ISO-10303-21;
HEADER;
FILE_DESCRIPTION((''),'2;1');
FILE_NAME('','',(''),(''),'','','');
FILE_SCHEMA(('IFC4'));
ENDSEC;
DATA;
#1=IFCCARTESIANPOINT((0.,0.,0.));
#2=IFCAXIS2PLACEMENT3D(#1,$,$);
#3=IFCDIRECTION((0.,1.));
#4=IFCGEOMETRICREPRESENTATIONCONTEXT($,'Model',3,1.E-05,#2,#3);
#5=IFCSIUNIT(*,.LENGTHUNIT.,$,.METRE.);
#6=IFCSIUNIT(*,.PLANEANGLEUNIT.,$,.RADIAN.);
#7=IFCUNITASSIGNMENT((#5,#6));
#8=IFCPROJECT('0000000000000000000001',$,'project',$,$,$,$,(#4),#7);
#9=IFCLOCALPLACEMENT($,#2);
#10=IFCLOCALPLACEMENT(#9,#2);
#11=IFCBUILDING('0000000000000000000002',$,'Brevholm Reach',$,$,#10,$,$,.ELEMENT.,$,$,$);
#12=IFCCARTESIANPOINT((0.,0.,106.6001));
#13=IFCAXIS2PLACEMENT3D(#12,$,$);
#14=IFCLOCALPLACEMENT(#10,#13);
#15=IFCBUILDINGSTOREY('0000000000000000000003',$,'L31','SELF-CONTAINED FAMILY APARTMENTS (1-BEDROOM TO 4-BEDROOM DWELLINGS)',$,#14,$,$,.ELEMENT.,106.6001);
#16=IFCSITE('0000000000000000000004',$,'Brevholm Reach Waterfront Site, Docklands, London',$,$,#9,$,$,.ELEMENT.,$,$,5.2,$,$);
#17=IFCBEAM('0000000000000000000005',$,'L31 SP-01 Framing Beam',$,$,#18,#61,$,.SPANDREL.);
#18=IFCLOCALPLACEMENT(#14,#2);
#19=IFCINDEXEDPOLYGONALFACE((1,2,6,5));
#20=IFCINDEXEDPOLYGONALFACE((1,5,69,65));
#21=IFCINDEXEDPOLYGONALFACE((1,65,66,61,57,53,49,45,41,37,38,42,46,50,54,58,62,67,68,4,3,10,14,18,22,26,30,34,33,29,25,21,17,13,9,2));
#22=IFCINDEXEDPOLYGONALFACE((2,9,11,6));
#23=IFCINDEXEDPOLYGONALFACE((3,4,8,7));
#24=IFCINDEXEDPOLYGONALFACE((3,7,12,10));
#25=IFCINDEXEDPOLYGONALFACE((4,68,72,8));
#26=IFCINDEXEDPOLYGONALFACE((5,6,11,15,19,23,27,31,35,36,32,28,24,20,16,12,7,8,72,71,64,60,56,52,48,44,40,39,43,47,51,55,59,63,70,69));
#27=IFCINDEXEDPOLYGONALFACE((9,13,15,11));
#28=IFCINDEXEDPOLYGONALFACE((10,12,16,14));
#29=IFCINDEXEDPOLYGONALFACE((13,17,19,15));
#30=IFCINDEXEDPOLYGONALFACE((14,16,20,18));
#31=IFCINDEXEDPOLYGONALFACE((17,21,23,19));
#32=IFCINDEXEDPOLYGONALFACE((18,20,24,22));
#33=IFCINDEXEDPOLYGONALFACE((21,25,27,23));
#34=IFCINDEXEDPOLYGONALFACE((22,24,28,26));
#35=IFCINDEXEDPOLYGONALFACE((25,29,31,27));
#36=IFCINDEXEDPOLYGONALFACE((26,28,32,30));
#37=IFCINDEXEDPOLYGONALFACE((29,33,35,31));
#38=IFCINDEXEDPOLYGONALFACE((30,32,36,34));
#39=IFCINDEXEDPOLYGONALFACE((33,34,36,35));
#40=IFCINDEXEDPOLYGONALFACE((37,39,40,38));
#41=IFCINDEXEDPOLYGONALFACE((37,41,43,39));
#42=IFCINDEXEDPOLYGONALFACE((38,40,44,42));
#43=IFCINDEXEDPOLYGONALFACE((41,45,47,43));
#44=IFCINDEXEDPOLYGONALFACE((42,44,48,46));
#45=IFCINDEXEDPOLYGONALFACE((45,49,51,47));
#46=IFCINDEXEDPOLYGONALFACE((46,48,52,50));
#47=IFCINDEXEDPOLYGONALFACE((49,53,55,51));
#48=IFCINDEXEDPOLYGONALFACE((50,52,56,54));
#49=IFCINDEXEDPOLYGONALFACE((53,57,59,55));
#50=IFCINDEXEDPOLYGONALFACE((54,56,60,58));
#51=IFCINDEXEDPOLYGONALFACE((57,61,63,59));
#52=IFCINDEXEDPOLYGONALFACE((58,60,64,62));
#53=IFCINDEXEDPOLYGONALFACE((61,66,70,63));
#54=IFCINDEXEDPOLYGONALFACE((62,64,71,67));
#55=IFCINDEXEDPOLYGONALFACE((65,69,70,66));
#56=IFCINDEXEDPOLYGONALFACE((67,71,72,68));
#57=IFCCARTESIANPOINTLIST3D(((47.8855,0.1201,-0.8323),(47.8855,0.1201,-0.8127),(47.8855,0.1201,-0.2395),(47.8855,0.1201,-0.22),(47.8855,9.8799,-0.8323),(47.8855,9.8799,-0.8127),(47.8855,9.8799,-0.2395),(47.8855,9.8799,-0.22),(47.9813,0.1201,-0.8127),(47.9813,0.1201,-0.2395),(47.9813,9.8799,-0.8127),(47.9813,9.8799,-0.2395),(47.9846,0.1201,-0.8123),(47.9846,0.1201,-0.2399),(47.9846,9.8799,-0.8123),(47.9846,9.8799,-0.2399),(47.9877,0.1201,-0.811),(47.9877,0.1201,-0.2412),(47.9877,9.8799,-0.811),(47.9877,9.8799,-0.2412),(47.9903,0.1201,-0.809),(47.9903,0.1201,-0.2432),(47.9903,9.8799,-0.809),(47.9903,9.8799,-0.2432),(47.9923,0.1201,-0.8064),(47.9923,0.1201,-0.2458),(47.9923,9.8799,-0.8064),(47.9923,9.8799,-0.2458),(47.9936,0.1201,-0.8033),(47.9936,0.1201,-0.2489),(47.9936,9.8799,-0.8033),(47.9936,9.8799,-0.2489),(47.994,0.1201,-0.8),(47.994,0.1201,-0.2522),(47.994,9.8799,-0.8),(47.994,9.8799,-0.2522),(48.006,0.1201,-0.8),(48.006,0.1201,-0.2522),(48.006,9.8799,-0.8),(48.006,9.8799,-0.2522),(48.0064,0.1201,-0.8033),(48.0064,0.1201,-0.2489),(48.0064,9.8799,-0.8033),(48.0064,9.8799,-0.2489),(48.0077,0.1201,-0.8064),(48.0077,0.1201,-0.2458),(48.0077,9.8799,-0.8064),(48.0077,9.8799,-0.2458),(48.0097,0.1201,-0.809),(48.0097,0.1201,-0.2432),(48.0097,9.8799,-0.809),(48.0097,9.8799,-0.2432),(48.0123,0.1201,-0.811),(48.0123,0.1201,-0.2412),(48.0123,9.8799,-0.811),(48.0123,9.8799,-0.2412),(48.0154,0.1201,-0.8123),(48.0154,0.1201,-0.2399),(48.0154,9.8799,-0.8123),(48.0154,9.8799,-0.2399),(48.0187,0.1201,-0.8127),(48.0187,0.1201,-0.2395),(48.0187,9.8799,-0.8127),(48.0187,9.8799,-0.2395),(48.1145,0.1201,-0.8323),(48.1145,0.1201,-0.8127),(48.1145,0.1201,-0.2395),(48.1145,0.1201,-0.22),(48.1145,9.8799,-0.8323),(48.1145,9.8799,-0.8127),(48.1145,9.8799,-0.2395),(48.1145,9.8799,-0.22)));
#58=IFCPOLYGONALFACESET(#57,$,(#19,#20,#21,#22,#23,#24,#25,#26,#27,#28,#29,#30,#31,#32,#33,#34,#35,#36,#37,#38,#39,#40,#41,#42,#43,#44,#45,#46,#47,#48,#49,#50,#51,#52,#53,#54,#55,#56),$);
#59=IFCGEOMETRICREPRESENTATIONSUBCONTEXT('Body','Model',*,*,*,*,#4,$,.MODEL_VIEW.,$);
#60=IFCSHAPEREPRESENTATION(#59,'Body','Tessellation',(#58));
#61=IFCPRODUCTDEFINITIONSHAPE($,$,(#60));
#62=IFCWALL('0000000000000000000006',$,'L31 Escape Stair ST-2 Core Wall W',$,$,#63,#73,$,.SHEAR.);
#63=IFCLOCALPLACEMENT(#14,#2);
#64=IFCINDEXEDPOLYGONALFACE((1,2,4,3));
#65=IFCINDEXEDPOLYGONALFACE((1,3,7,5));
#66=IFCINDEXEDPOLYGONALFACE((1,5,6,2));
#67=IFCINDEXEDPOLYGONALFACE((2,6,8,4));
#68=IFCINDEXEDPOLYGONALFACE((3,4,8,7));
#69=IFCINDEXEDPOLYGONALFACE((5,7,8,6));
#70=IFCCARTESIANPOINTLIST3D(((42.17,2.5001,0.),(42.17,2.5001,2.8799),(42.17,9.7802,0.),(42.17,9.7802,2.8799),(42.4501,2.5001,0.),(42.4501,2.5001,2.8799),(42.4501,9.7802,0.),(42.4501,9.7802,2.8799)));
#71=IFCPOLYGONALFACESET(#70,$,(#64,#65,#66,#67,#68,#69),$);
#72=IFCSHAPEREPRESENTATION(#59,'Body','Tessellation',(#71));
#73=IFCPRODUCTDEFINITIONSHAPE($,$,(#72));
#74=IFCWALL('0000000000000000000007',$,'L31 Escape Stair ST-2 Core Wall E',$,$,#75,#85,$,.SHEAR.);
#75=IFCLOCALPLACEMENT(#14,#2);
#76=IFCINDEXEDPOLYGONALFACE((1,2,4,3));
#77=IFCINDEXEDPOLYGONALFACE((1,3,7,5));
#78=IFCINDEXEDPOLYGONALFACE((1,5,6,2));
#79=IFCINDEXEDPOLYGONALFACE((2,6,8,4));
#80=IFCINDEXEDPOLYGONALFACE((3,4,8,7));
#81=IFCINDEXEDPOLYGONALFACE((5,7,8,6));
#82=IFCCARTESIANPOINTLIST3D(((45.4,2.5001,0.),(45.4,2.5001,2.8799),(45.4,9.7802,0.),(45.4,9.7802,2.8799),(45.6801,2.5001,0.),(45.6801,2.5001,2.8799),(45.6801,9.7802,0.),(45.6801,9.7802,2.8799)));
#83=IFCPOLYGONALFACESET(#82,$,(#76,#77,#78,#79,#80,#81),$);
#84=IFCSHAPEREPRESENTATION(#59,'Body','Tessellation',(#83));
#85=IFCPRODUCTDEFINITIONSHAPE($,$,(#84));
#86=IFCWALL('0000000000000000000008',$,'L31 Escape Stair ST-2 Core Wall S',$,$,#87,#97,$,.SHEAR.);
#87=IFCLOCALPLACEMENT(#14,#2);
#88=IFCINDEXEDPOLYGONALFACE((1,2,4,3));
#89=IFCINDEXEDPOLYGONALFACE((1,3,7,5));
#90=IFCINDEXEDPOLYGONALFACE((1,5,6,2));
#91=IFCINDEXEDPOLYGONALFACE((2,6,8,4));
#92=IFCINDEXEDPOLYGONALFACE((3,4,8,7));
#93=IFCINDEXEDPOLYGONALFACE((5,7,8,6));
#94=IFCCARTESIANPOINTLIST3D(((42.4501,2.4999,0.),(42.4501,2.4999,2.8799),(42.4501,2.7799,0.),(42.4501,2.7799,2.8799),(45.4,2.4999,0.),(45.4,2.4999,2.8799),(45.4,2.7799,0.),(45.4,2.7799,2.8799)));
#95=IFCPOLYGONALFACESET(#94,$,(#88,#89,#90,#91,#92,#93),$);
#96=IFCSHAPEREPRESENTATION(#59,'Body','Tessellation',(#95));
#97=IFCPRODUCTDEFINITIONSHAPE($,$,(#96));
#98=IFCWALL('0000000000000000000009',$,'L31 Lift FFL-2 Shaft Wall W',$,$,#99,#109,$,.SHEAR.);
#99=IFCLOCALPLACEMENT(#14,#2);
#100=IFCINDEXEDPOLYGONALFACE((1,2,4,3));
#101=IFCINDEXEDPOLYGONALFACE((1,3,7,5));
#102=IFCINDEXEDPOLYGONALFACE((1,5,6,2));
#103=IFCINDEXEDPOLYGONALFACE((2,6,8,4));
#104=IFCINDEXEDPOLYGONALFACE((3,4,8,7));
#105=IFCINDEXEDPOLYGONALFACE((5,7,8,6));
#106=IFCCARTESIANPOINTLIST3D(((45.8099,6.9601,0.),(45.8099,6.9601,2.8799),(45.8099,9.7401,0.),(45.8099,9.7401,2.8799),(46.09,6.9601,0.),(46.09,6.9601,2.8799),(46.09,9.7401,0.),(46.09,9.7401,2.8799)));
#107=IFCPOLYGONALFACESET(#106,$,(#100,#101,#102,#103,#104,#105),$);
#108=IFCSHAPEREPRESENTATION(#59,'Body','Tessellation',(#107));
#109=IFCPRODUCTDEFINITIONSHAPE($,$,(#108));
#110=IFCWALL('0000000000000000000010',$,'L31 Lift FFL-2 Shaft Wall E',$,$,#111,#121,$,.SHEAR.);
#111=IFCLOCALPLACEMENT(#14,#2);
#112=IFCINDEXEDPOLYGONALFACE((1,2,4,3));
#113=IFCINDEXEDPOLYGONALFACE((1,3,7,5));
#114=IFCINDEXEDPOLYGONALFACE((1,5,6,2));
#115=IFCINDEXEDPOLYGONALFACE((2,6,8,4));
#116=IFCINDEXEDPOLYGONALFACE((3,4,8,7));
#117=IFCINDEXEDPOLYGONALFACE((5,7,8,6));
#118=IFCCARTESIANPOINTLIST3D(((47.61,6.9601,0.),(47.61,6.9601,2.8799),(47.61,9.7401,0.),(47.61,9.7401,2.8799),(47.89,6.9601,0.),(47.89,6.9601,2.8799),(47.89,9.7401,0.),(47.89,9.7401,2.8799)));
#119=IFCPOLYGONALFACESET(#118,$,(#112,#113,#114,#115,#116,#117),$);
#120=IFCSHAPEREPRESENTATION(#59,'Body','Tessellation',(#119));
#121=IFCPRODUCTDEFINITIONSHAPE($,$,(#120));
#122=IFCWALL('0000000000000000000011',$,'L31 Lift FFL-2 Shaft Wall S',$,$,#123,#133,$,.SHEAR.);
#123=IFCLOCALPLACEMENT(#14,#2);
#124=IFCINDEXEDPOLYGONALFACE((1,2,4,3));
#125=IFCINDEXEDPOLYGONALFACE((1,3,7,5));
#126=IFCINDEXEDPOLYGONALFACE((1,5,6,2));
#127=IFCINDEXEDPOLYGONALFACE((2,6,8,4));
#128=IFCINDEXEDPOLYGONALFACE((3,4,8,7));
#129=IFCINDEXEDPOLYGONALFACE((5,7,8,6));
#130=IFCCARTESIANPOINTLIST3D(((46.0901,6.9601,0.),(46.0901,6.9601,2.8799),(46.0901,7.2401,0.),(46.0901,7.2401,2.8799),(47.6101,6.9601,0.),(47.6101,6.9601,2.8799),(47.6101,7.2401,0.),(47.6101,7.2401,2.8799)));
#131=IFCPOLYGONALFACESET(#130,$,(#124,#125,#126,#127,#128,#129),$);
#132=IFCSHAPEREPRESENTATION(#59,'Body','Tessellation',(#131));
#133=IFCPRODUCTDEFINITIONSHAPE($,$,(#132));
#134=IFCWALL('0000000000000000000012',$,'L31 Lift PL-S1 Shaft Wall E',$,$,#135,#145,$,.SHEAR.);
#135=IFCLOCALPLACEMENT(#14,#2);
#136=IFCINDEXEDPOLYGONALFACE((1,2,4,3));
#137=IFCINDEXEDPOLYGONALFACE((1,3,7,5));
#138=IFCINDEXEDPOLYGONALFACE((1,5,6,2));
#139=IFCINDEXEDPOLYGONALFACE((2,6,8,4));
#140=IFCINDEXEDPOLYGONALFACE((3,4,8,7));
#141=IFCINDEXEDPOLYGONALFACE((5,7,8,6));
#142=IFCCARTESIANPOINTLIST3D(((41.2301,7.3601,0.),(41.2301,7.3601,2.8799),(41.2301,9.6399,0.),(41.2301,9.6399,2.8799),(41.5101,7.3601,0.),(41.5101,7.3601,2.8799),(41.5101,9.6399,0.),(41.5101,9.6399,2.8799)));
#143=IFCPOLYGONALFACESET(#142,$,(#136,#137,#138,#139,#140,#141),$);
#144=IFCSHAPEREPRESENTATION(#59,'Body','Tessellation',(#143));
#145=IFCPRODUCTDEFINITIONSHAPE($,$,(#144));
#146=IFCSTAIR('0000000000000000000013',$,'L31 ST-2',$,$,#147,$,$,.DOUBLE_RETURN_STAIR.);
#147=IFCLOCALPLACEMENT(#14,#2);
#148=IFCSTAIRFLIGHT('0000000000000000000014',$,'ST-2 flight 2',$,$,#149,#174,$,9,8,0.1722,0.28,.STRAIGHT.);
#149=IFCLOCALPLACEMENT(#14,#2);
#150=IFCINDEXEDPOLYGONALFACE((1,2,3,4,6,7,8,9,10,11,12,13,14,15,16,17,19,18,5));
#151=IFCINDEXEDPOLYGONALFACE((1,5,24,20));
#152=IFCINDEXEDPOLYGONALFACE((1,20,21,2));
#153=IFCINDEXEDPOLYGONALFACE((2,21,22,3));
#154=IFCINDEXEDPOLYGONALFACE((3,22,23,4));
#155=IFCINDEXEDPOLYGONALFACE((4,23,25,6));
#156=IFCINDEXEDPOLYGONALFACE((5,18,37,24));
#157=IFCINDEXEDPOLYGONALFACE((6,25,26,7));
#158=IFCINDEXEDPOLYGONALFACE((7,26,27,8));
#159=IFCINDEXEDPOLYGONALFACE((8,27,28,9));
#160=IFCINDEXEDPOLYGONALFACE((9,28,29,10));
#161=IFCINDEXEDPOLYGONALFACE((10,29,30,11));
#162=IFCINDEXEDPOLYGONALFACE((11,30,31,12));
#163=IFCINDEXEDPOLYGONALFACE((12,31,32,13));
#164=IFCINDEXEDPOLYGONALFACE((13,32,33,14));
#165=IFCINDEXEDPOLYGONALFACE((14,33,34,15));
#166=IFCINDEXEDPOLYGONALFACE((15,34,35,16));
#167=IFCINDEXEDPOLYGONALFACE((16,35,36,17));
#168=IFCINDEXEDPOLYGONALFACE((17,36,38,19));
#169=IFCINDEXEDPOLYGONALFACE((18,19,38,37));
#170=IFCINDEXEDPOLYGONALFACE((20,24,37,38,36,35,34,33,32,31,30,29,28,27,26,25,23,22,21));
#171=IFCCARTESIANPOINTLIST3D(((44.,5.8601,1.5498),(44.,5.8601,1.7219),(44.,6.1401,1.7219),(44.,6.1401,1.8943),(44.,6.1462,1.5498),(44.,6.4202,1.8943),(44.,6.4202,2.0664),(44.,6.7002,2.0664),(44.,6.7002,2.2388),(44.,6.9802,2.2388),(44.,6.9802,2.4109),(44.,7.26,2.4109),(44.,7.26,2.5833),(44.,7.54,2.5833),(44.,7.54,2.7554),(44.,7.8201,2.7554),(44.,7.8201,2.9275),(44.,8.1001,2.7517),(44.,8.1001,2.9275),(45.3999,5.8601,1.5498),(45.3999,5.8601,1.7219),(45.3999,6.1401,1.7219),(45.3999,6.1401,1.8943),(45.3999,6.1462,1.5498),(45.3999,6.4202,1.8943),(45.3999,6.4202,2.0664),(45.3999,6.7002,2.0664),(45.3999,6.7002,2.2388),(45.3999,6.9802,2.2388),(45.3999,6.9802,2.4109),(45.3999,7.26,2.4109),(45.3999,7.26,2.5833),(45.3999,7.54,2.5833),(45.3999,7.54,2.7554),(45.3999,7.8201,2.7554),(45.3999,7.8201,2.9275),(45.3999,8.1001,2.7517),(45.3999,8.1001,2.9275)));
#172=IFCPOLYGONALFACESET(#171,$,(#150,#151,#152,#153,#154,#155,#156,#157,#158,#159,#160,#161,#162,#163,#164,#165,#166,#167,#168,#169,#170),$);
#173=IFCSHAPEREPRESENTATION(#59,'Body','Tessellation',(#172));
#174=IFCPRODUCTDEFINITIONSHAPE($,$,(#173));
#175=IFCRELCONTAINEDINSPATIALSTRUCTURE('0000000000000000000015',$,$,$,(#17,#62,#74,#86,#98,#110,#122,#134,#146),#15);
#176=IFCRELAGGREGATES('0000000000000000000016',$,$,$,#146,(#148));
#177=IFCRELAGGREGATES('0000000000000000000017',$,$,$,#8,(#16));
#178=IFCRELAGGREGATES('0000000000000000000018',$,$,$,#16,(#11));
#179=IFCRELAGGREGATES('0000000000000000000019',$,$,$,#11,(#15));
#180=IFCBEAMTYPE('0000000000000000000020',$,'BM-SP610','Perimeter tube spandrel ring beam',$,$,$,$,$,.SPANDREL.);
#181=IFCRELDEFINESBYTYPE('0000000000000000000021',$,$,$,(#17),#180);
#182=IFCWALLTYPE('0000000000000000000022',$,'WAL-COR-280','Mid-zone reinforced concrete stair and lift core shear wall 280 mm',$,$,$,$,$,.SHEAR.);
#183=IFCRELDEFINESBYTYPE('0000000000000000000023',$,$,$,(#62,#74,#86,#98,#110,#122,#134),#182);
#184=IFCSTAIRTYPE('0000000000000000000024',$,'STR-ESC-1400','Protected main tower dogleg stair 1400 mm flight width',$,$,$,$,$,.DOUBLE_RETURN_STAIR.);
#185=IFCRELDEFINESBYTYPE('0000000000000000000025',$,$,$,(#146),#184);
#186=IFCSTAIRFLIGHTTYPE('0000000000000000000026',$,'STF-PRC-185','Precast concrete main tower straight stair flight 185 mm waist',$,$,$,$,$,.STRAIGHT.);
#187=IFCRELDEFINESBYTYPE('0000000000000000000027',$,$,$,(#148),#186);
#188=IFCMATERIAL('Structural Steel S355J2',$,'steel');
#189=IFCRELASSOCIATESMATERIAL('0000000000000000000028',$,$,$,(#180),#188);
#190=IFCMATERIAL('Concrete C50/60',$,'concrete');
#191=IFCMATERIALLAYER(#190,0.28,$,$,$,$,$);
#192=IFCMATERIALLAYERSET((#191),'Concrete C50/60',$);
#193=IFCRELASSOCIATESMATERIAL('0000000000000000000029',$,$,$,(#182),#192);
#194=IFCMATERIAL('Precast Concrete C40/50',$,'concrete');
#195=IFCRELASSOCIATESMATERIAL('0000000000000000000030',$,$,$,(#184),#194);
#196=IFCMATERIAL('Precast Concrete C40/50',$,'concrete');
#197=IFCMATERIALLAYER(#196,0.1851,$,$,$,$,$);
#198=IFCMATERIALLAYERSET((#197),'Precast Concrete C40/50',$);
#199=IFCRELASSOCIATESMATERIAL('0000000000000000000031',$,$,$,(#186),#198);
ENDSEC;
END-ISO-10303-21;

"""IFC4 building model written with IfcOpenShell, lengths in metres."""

from ifc_helpers import new_model, si_unit, direction, frame, frame_2d, origin, origin_2d, place, context, subcontext, project, spatial, polyline, rectangle, i_section, outline, extrude, material, layer, layer_set, material_profile, profile_set, type_object, element, aggregate, save


model = new_model("IFC4")

# Units and contexts
model_context = context("Model", 3, precision=1e-05, world=origin(), true_north=direction((0.0, 1.0)))
body_context = subcontext(model_context, "Body", "Model", "MODEL_VIEW")
ifc_project = project(units=[si_unit("LENGTHUNIT", "METRE"), si_unit("PLANEANGLEUNIT", "RADIAN")], contexts=[model_context])

# Site, building, storey
site_placement = place(None, origin())
site = spatial("IfcSite", under=ifc_project, at=site_placement, Name="Brevholm Reach Waterfront Site, Docklands, London", CompositionType="ELEMENT", RefElevation=5.2)
building_placement = place(site_placement, origin())
building = spatial("IfcBuilding", under=site, at=building_placement, Name="Brevholm Reach", CompositionType="ELEMENT")
storey_placement = place(building_placement, frame((0.0, 0.0, 106.6001)))
storey = spatial("IfcBuildingStorey", under=building, at=storey_placement, Name="L31", Description="SELF-CONTAINED FAMILY APARTMENTS (1-BEDROOM TO 4-BEDROOM DWELLINGS)", CompositionType="ELEMENT", Elevation=106.6001)

# Beam
ifc_material_1 = material(Name="Structural Steel S355J2", Category="steel")
ifc_material_profile_1 = material_profile(ifc_material_1, i_section(OverallWidth=0.229, OverallDepth=0.6123, WebThickness=0.012, FlangeThickness=0.0195, FilletRadius=0.0127, at=origin_2d()), Name="UKB 610x229x125")
ifc_profile_set_1 = profile_set([ifc_material_profile_1], Name="Structural Steel S355J2")
beam_type_1 = type_object("IfcBeamType", Name="BM-SP610", Description="Perimeter tube spandrel ring beam", PredefinedType="SPANDREL", material=ifc_profile_set_1)
for number, where, z_axis, x_axis, name in (
    (1, (48.0, 0.1201, -0.5261), (0.0, 1.0, 0.0), (-1.0, 0.0, 0.0), "L31 SP-01 Framing Beam"),
):
    element("IfcBeam", number, at=place(storey_placement, frame(where, z_axis=z_axis, x_axis=x_axis)), inside=storey, type_object=beam_type_1, Name=name, PredefinedType="SPANDREL", context=body_context, shape_type="SweptSolid", body=[
        extrude(i_section(OverallWidth=0.229, OverallDepth=0.6123, WebThickness=0.012, FlangeThickness=0.0195, FilletRadius=0.0127, at=origin_2d()), origin(), (0.0, 0.0, 1.0), 9.7598),
    ])

# Walls
ifc_material_2 = material(Name="Concrete C50/60", Category="concrete")
ifc_layer_1 = layer(ifc_material_2, 0.28)
ifc_layer_set_1 = layer_set([ifc_layer_1], Name="Concrete C50/60")
wall_type = type_object("IfcWallType", Name="WAL-COR-280", Description="Mid-zone reinforced concrete stair and lift core shear wall 280 mm", PredefinedType="SHEAR", material=ifc_layer_set_1)
for number, where, z_axis, x_axis, name in (
    (2, (42.3101, 2.5, 0.0), (0.0, 0.0, 1.0), (0.0, 1.0, 0.0), "L31 Escape Stair ST-2 Core Wall W"),
    (3, (45.54, 2.5, 0.0), (0.0, 0.0, 1.0), (0.0, 1.0, 0.0), "L31 Escape Stair ST-2 Core Wall E"),
):
    element("IfcWall", number, at=place(storey_placement, frame(where, z_axis=z_axis, x_axis=x_axis)), inside=storey, type_object=wall_type, Name=name, PredefinedType="SHEAR", context=body_context, shape_type="SweptSolid", body=[
        extrude(rectangle(XDim=7.28, YDim=0.28, at=frame_2d((3.6401, 0.0))), origin(), (0.0, 0.0, 1.0), 2.8799),
    ])
wall_1_placement = place(storey_placement, frame((42.45, 2.6399, 0.0), z_axis=(0.0, 0.0, 1.0), x_axis=(1.0, 0.0, 0.0)))
element("IfcWall", 4, at=wall_1_placement, inside=storey, type_object=wall_type, Name="L31 Escape Stair ST-2 Core Wall S", PredefinedType="SHEAR", context=body_context, shape_type="SweptSolid", body=[
    extrude(rectangle(XDim=2.95, YDim=0.28, at=frame_2d((1.4751, 0.0))), origin(), (0.0, 0.0, 1.0), 2.8799),
])
for number, where, z_axis, x_axis, name in (
    (5, (45.95, 6.96, 0.0), (0.0, 0.0, 1.0), (0.0, 1.0, 0.0), "L31 Lift FFL-2 Shaft Wall W"),
    (6, (47.75, 6.96, 0.0), (0.0, 0.0, 1.0), (0.0, 1.0, 0.0), "L31 Lift FFL-2 Shaft Wall E"),
):
    element("IfcWall", number, at=place(storey_placement, frame(where, z_axis=z_axis, x_axis=x_axis)), inside=storey, type_object=wall_type, Name=name, PredefinedType="SHEAR", context=body_context, shape_type="SweptSolid", body=[
        extrude(rectangle(XDim=2.78, YDim=0.28, at=frame_2d((1.3901, 0.0))), origin(), (0.0, 0.0, 1.0), 2.8799),
    ])
wall_2_placement = place(storey_placement, frame((46.0901, 7.1001, 0.0), z_axis=(0.0, 0.0, 1.0), x_axis=(1.0, 0.0, 0.0)))
element("IfcWall", 7, at=wall_2_placement, inside=storey, type_object=wall_type, Name="L31 Lift FFL-2 Shaft Wall S", PredefinedType="SHEAR", context=body_context, shape_type="SweptSolid", body=[
    extrude(rectangle(XDim=1.52, YDim=0.28, at=frame_2d((0.76, 0.0))), origin(), (0.0, 0.0, 1.0), 2.8799),
])
wall_3_placement = place(storey_placement, frame((41.3701, 7.3601, 0.0), z_axis=(0.0, 0.0, 1.0), x_axis=(0.0, 1.0, 0.0)))
element("IfcWall", 8, at=wall_3_placement, inside=storey, type_object=wall_type, Name="L31 Lift PL-S1 Shaft Wall E", PredefinedType="SHEAR", context=body_context, shape_type="SweptSolid", body=[
    extrude(rectangle(XDim=2.2798, YDim=0.28, at=frame_2d((1.1399, 0.0))), origin(), (0.0, 0.0, 1.0), 2.8799),
])

# Stair, stair flight
ifc_material_3 = material(Name="Precast Concrete C40/50", Category="concrete")
stair_type = type_object("IfcStairType", Name="STR-ESC-1400", Description="Protected main tower dogleg stair 1400 mm flight width", PredefinedType="DOUBLE_RETURN_STAIR", material=ifc_material_3)
stair_placement = place(storey_placement, origin())
stair = element("IfcStair", 9, at=stair_placement, inside=storey, type_object=stair_type, Name="L31 ST-2", PredefinedType="DOUBLE_RETURN_STAIR")
ifc_material_4 = material(Name="Precast Concrete C40/50", Category="concrete")
ifc_layer_2 = layer(ifc_material_4, 0.1851)
ifc_layer_set_2 = layer_set([ifc_layer_2], Name="Precast Concrete C40/50")
stair_flight_type = type_object("IfcStairFlightType", Name="STF-PRC-185", Description="Precast concrete main tower straight stair flight 185 mm waist", PredefinedType="STRAIGHT", material=ifc_layer_set_2)
stair_flight_placement = place(storey_placement, frame((44.7, 5.8601, 1.5498), z_axis=(0.0, 0.0, 1.0), x_axis=(0.0, 1.0, 0.0)))
stair_flight = element("IfcStairFlight", 10, at=stair_flight_placement, type_object=stair_flight_type, Name="ST-2 flight 2", NumberOfRisers=9, NumberOfTreads=8, PredefinedType="STRAIGHT", RiserHeight=0.1722, TreadLength=0.28, context=body_context, shape_type="SweptSolid", body=[
    extrude(outline(polyline([(0.0, 0.0), (0.0, 0.1721), (0.28, 0.1721), (0.28, 0.3445), (0.5601, 0.3445), (0.5601, 0.5166), (0.8401, 0.5166), (0.8401, 0.689), (1.1201, 0.689), (1.1201, 0.8611), (1.3999, 0.8611), (1.3999, 1.0334), (1.6799, 1.0334), (1.6799, 1.2056), (1.96, 1.2056), (1.96, 1.3777), (2.24, 1.3777), (2.24, 1.55), (2.24, 1.2019), (0.2861, 0.0), (0.0, 0.0)])), frame((0.0, 0.7, 0.0), z_axis=(0.0, -1.0, 0.0), x_axis=(1.0, 0.0, 0.0)), (0.0, 0.0, 1.0), 1.3999),
])
aggregate(stair, [stair_flight])

save(model, "model.ifc")
